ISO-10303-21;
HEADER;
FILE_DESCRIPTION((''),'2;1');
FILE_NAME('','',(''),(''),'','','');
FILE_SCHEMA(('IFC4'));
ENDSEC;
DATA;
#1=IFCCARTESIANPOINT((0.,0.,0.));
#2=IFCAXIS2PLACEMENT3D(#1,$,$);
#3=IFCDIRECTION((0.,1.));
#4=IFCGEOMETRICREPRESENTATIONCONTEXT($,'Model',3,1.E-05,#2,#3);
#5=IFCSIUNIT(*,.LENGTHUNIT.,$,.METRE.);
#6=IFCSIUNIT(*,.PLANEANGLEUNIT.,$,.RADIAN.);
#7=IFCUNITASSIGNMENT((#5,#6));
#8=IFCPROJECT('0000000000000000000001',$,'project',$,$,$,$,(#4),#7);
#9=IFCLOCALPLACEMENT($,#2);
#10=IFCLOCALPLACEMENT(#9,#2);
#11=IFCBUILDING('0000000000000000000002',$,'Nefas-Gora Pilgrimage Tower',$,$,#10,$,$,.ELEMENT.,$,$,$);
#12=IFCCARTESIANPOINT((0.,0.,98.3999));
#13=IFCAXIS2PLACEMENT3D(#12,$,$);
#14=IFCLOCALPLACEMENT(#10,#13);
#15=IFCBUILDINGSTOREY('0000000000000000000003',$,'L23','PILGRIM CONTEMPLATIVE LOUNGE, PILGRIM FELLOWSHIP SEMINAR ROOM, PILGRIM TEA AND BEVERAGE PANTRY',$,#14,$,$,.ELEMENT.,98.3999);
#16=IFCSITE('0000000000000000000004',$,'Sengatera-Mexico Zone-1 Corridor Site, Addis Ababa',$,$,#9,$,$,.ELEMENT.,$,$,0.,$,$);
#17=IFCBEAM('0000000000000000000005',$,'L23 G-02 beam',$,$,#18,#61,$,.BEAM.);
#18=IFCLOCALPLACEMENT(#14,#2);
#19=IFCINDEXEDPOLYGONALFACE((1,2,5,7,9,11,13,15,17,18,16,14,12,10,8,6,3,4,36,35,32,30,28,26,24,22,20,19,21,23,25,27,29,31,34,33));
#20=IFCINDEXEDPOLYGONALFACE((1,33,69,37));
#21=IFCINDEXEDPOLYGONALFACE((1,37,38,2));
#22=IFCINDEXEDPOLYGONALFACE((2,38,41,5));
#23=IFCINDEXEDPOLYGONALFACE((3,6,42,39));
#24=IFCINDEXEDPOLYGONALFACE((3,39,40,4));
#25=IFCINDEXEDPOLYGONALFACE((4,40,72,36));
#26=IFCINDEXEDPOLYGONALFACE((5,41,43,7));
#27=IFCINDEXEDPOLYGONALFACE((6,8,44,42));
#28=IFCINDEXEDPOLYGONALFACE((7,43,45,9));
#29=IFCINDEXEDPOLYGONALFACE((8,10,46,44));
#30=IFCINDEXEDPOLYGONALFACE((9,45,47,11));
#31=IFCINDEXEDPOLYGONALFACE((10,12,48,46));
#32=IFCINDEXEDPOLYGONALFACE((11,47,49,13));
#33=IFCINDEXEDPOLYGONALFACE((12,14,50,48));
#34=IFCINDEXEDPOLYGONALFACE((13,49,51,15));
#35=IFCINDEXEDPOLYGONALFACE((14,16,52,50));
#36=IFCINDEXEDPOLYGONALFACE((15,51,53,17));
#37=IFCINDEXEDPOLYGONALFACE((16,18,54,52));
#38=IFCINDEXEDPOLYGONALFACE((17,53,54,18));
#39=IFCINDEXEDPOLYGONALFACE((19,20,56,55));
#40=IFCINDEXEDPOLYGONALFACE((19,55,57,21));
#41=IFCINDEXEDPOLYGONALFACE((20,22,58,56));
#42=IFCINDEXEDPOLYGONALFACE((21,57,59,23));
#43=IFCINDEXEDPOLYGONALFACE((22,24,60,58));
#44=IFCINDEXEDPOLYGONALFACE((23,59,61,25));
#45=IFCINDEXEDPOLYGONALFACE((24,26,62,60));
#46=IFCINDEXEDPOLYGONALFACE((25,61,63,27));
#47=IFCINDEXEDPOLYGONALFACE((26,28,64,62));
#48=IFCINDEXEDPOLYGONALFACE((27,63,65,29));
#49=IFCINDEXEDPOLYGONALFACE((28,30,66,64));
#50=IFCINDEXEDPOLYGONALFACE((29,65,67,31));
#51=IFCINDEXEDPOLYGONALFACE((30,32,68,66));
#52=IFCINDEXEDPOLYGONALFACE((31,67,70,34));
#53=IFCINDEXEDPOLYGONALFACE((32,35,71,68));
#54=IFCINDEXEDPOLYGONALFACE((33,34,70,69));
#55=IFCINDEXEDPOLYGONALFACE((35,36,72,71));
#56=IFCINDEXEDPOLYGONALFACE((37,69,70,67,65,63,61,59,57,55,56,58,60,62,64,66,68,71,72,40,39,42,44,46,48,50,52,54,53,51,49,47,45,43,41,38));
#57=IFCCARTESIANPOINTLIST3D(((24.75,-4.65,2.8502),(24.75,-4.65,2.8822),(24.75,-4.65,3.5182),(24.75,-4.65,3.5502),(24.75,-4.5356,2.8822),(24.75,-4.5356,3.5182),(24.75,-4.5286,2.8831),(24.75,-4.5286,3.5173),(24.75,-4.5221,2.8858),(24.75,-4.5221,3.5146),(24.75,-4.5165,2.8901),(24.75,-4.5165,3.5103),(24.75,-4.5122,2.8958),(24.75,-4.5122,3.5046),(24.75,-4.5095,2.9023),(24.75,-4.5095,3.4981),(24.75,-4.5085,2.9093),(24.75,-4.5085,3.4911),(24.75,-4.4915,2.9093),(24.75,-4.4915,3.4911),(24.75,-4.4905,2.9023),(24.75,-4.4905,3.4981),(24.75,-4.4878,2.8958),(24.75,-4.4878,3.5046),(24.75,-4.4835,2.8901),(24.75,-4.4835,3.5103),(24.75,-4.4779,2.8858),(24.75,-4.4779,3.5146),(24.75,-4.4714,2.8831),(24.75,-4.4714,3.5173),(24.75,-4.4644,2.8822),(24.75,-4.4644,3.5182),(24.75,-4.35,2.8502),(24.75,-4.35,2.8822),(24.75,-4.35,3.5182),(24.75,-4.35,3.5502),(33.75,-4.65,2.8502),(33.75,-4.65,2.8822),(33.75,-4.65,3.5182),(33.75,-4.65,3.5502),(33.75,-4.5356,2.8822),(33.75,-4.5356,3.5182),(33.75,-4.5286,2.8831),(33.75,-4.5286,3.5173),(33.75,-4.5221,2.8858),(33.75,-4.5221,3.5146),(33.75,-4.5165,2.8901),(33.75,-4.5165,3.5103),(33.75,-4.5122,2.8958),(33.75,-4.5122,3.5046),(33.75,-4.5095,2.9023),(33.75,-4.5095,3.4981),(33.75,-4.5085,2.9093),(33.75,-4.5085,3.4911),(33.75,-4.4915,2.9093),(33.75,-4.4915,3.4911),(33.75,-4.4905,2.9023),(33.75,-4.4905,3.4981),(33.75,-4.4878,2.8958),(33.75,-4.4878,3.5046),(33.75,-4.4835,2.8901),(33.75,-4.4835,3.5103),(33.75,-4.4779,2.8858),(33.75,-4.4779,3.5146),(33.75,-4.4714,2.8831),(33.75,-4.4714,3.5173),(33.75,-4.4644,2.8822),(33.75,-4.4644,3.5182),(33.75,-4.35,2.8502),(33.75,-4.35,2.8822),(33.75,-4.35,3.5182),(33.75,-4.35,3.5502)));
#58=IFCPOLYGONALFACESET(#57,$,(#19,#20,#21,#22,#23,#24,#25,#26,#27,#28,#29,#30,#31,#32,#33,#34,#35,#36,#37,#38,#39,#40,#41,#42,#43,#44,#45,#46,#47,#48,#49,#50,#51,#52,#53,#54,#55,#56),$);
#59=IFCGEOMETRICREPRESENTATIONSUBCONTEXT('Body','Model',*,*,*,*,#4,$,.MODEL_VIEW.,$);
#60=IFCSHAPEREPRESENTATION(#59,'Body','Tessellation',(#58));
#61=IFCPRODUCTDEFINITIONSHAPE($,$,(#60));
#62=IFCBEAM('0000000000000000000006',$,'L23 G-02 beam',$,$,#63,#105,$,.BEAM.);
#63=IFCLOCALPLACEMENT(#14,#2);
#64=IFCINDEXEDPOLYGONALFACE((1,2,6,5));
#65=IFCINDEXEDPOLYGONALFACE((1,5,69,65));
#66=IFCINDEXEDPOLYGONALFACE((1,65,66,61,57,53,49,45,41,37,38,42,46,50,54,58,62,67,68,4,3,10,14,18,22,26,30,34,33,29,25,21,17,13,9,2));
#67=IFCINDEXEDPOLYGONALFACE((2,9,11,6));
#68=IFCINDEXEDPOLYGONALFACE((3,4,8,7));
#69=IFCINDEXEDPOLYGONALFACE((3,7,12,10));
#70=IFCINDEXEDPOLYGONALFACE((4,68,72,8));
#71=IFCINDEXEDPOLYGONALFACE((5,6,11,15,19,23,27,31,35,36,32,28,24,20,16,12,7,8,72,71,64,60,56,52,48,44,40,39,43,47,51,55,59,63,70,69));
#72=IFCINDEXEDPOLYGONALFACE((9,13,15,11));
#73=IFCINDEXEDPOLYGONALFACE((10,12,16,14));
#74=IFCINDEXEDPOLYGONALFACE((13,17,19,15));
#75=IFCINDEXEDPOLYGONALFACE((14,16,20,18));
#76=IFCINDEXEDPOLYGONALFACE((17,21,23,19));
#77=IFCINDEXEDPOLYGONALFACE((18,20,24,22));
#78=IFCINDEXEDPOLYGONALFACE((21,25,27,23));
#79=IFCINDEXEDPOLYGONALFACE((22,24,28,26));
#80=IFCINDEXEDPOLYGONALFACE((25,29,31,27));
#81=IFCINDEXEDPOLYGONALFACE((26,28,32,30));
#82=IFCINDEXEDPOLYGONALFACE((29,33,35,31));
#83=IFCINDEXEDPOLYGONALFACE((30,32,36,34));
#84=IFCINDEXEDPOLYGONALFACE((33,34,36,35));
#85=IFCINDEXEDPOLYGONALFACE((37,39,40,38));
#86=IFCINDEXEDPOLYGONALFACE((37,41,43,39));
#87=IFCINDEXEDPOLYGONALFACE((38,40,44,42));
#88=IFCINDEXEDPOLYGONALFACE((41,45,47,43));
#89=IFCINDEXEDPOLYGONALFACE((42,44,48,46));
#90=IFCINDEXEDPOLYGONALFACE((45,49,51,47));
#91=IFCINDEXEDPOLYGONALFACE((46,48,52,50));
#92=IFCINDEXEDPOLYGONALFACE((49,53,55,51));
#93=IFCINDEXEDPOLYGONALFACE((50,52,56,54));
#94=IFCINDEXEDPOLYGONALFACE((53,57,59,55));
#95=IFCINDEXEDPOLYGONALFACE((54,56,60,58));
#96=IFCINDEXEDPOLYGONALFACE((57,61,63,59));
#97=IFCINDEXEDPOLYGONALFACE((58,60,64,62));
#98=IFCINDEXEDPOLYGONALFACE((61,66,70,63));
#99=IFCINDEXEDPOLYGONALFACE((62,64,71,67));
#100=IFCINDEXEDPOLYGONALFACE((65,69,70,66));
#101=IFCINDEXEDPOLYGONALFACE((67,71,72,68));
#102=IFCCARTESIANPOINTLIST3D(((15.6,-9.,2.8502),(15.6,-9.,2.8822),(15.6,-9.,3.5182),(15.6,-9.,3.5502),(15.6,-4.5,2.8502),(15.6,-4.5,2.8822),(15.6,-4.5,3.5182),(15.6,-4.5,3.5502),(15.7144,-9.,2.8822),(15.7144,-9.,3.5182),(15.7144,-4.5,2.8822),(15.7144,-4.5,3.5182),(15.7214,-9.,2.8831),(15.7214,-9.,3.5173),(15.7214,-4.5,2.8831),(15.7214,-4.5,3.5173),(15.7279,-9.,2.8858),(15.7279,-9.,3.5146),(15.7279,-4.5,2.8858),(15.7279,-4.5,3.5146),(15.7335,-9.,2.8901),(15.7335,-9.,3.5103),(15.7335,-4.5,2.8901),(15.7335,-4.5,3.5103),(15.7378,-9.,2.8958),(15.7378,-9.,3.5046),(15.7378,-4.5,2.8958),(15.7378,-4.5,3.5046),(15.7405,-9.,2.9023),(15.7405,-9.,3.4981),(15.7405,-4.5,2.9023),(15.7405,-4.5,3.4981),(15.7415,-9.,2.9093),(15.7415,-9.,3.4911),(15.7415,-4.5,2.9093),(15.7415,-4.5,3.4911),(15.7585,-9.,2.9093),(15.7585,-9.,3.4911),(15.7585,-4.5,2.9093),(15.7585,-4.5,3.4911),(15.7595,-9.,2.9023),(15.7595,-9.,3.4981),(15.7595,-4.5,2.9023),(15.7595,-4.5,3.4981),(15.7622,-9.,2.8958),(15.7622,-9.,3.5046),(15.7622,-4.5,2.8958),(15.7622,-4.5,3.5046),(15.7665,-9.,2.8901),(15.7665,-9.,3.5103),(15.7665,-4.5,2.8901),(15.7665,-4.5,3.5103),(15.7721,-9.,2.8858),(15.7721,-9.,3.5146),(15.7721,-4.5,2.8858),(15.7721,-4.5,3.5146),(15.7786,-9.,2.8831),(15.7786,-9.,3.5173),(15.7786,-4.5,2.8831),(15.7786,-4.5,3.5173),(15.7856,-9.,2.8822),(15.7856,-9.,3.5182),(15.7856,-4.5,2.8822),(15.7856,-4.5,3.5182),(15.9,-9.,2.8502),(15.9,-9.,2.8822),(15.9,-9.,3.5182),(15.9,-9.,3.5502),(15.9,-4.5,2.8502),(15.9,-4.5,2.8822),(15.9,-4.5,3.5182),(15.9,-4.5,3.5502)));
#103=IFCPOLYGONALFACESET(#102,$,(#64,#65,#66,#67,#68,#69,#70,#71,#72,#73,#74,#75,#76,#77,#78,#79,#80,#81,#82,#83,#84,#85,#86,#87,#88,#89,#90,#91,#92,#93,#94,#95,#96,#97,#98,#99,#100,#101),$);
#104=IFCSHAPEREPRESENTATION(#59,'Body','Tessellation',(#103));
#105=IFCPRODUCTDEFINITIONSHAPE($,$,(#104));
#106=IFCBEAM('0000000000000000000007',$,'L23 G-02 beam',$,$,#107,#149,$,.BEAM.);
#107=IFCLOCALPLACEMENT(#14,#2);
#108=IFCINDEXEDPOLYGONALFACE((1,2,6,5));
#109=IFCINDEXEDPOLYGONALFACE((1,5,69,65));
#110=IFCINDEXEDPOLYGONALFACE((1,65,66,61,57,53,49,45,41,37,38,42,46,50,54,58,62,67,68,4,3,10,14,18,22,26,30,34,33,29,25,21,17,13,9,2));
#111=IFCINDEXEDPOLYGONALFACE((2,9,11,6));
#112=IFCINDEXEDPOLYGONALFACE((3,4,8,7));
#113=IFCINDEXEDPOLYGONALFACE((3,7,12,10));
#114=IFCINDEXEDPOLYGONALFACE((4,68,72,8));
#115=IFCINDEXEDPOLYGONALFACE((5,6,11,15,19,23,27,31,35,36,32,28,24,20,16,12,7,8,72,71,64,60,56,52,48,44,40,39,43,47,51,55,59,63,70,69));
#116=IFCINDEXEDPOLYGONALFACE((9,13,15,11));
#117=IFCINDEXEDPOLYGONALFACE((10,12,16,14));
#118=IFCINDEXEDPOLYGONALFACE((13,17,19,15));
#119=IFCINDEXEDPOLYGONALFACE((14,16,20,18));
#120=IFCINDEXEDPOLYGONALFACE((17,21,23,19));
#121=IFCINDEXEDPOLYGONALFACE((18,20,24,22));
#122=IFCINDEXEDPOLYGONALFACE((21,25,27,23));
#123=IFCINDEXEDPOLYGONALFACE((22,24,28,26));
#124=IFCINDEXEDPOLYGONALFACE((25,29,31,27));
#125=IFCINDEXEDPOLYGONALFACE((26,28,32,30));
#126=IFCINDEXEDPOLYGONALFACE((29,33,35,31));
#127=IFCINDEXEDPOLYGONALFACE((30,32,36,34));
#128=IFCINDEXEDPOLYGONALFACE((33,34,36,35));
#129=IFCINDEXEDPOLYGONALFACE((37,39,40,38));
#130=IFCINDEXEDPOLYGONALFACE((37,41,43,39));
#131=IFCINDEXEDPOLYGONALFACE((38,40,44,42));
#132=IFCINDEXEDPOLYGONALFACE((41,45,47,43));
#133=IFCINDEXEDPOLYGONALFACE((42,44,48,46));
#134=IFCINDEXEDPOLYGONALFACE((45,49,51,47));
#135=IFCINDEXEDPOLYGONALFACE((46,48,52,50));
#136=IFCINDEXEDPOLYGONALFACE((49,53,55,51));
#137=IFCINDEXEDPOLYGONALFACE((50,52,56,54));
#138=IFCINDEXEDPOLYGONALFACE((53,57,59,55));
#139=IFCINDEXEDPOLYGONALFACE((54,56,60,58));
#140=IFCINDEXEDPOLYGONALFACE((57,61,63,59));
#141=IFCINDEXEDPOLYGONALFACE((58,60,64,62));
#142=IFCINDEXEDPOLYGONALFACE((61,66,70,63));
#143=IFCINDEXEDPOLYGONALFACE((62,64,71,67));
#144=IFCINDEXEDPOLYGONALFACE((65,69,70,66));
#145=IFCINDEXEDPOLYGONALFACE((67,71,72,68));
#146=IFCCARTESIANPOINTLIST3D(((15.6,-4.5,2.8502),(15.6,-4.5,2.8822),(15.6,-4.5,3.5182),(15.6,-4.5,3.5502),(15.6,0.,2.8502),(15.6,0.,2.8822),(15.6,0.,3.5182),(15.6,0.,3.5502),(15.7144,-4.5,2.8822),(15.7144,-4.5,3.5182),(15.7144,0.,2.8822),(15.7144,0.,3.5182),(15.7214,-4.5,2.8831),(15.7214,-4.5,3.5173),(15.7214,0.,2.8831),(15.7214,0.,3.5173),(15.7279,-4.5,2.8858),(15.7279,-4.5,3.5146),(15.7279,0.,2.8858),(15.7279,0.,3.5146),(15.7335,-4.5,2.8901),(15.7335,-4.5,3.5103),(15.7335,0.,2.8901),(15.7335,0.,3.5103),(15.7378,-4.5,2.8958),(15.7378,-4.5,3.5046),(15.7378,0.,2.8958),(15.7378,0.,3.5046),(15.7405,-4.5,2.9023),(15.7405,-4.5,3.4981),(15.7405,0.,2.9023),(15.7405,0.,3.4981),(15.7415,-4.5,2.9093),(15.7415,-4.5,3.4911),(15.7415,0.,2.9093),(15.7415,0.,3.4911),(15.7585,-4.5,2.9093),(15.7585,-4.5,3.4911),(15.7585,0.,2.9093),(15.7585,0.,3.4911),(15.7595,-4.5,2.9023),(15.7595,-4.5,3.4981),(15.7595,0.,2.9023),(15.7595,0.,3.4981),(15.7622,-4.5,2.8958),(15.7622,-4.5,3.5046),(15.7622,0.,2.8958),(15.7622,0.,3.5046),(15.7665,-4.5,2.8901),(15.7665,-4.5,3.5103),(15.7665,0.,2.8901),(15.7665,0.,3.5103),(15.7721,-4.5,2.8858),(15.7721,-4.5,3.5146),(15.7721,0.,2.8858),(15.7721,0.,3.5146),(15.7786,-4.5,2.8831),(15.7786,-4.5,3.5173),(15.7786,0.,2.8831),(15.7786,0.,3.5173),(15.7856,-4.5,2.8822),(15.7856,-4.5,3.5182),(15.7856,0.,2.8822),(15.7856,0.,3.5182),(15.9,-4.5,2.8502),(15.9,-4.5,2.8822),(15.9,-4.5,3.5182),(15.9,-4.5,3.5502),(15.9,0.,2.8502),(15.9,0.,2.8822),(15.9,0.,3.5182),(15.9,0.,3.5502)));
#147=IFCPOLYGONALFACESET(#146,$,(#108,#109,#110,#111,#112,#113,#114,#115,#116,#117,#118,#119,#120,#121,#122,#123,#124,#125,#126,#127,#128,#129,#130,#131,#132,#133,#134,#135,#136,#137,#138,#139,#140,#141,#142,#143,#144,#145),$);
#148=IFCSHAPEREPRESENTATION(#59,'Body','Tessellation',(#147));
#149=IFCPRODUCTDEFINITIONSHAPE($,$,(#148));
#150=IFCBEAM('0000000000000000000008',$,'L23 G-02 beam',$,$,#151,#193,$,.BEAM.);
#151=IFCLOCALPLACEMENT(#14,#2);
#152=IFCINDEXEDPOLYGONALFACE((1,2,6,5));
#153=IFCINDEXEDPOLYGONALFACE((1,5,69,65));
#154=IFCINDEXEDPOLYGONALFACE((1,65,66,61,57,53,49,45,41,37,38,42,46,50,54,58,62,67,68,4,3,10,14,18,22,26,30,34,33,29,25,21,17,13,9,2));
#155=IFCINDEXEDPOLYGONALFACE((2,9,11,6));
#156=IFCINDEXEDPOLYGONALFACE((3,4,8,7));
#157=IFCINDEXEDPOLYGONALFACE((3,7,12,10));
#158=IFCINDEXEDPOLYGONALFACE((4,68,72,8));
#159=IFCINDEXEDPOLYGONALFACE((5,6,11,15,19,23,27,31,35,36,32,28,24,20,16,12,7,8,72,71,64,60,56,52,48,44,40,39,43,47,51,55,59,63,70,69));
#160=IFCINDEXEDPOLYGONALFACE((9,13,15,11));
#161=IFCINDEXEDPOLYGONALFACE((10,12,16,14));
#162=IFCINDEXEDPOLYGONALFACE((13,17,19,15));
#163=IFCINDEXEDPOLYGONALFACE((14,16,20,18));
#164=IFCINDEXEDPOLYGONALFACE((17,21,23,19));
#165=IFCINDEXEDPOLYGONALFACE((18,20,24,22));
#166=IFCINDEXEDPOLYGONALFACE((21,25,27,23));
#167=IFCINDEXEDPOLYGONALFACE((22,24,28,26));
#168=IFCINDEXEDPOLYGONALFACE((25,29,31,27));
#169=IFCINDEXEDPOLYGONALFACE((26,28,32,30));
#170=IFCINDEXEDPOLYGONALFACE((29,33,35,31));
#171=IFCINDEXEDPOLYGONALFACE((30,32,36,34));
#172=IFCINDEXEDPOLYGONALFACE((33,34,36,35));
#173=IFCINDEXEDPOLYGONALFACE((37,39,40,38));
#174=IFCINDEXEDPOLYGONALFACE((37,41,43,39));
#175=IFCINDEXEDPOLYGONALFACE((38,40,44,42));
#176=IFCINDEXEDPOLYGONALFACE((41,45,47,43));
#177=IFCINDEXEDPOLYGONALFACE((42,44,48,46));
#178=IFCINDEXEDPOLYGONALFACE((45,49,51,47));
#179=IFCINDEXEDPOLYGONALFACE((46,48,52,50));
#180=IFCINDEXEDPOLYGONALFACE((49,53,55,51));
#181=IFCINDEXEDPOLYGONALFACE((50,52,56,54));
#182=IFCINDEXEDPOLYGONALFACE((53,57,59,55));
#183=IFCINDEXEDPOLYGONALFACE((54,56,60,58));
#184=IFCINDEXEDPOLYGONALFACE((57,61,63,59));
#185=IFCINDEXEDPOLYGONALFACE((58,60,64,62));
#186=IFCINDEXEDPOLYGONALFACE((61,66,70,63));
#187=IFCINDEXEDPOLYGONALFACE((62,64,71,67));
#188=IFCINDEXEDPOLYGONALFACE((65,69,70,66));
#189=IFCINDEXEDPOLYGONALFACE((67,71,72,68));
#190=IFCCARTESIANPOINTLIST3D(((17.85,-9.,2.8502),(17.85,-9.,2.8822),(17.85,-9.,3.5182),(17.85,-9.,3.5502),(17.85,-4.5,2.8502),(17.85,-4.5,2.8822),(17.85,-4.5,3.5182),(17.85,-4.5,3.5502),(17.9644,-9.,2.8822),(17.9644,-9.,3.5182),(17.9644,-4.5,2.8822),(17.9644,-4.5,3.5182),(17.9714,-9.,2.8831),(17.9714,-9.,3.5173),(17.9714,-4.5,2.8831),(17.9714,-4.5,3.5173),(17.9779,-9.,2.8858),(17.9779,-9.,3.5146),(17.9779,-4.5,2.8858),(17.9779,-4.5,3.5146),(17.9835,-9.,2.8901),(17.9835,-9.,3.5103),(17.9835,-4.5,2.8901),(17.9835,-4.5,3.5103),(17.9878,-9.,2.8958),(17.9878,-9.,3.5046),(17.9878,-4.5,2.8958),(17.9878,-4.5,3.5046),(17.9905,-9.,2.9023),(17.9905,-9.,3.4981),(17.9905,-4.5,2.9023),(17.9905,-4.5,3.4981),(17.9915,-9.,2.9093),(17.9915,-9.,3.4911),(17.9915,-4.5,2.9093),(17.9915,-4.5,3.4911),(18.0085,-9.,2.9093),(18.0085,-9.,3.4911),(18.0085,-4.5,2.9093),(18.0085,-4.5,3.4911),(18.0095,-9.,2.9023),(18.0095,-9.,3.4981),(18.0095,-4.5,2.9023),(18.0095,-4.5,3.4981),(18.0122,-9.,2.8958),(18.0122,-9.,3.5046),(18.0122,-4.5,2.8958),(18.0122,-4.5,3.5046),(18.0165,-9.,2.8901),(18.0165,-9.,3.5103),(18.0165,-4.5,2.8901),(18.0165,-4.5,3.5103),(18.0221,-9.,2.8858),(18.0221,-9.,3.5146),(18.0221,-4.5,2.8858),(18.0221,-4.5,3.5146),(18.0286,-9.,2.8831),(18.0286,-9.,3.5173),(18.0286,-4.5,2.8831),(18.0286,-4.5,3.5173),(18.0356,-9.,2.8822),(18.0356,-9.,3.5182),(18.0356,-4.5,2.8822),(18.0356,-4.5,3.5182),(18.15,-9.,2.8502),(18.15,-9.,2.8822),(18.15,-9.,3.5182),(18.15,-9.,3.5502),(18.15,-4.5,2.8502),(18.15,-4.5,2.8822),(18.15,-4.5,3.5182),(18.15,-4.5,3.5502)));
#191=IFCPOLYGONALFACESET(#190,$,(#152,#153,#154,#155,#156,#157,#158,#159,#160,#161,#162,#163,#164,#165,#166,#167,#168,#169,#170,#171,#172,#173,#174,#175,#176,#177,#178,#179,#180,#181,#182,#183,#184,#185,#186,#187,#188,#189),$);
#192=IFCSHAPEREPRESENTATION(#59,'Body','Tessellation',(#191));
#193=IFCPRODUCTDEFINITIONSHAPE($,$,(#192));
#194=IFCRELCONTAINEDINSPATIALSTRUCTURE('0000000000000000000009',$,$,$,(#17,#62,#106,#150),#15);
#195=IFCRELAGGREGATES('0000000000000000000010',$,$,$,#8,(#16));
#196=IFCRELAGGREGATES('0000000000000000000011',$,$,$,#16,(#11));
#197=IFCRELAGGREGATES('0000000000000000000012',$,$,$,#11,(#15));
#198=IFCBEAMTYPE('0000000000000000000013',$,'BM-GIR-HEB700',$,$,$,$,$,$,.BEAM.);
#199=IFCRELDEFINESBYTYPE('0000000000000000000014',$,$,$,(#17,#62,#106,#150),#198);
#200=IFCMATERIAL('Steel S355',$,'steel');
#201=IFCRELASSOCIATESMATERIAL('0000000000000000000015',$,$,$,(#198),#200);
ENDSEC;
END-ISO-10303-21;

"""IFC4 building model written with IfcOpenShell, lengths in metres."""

from ifc_helpers import new_model, si_unit, direction, frame, origin, origin_2d, place, context, subcontext, project, spatial, i_section, extrude, source, transform, mapped, material, material_profile, profile_set, type_object, element, save


model = new_model("IFC4")

# Units and contexts
model_context = context("Model", 3, precision=1e-05, world=origin(), true_north=direction((0.0, 1.0)))
body_context = subcontext(model_context, "Body", "Model", "MODEL_VIEW")
ifc_project = project(units=[si_unit("LENGTHUNIT", "METRE"), si_unit("PLANEANGLEUNIT", "RADIAN")], contexts=[model_context])

# Site, building, storey
site_placement = place(None, origin())
site = spatial("IfcSite", under=ifc_project, at=site_placement, Name="Sengatera-Mexico Zone-1 Corridor Site, Addis Ababa", CompositionType="ELEMENT", RefElevation=0.0)
building_placement = place(site_placement, origin())
building = spatial("IfcBuilding", under=site, at=building_placement, Name="Nefas-Gora Pilgrimage Tower", CompositionType="ELEMENT")
storey_placement = place(building_placement, frame((0.0, 0.0, 98.3999)))
storey = spatial("IfcBuildingStorey", under=building, at=storey_placement, Name="L23", Description="PILGRIM CONTEMPLATIVE LOUNGE, PILGRIM FELLOWSHIP SEMINAR ROOM, PILGRIM TEA AND BEVERAGE PANTRY", CompositionType="ELEMENT", Elevation=98.3999)

# Beams
ifc_material_1 = material(Name="Steel S355", Category="steel")
ifc_material_profile_1 = material_profile(ifc_material_1, i_section(OverallWidth=0.3, OverallDepth=0.7, WebThickness=0.0171, FlangeThickness=0.032, FilletRadius=0.0271, at=origin_2d()), Name="HEB 700")
ifc_profile_set_1 = profile_set([ifc_material_profile_1], Name="Steel S355")
beam_type_1 = type_object("IfcBeamType", Name="BM-GIR-HEB700", PredefinedType="BEAM", material=ifc_profile_set_1)
shared_shape_1 = source(origin(), body_context, "Body", "SweptSolid", [
    extrude(i_section(OverallWidth=0.3, OverallDepth=0.7, WebThickness=0.0171, FlangeThickness=0.032, FilletRadius=0.0271, at=origin_2d()), origin(), (0.0, 0.0, 1.0), 9.0),
])
for number, where, z_axis, x_axis, name in (
    (1, (24.75, -4.5, 3.2002), (1.0, 0.0, 0.0), (0.0, 1.0, 0.0), "L23 G-02 beam"),
):
    element("IfcBeam", number, at=place(storey_placement, frame(where, z_axis=z_axis, x_axis=x_axis)), inside=storey, type_object=beam_type_1, Name=name, PredefinedType="BEAM", context=body_context, shape_type="MappedRepresentation", body=[
        mapped(shared_shape_1, transform((0.0, 0.0, 0.0), x_axis=(1.0, 0.0, 0.0), y_axis=(0.0, 1.0, 0.0), z_axis=(0.0, 0.0, 1.0), scale=1.0)),
    ])
shared_shape_2 = source(origin(), body_context, "Body", "SweptSolid", [
    extrude(i_section(OverallWidth=0.3, OverallDepth=0.7, WebThickness=0.0171, FlangeThickness=0.032, FilletRadius=0.0271, at=origin_2d()), origin(), (0.0, 0.0, 1.0), 4.5),
])
for number, where, z_axis, x_axis, name in (
    (2, (15.75, -9.0, 3.2002), (0.0, 1.0, 0.0), (-1.0, 0.0, 0.0), "L23 G-02 beam"),
    (3, (15.75, -4.5, 3.2002), (0.0, 1.0, 0.0), (-1.0, 0.0, 0.0), "L23 G-02 beam"),
    (4, (18.0, -9.0, 3.2002), (0.0, 1.0, 0.0), (-1.0, 0.0, 0.0), "L23 G-02 beam"),
):
    element("IfcBeam", number, at=place(storey_placement, frame(where, z_axis=z_axis, x_axis=x_axis)), inside=storey, type_object=beam_type_1, Name=name, PredefinedType="BEAM", context=body_context, shape_type="MappedRepresentation", body=[
        mapped(shared_shape_2, transform((0.0, 0.0, 0.0), x_axis=(1.0, 0.0, 0.0), y_axis=(0.0, 1.0, 0.0), z_axis=(0.0, 0.0, 1.0), scale=1.0)),
    ])

save(model, "model.ifc")
